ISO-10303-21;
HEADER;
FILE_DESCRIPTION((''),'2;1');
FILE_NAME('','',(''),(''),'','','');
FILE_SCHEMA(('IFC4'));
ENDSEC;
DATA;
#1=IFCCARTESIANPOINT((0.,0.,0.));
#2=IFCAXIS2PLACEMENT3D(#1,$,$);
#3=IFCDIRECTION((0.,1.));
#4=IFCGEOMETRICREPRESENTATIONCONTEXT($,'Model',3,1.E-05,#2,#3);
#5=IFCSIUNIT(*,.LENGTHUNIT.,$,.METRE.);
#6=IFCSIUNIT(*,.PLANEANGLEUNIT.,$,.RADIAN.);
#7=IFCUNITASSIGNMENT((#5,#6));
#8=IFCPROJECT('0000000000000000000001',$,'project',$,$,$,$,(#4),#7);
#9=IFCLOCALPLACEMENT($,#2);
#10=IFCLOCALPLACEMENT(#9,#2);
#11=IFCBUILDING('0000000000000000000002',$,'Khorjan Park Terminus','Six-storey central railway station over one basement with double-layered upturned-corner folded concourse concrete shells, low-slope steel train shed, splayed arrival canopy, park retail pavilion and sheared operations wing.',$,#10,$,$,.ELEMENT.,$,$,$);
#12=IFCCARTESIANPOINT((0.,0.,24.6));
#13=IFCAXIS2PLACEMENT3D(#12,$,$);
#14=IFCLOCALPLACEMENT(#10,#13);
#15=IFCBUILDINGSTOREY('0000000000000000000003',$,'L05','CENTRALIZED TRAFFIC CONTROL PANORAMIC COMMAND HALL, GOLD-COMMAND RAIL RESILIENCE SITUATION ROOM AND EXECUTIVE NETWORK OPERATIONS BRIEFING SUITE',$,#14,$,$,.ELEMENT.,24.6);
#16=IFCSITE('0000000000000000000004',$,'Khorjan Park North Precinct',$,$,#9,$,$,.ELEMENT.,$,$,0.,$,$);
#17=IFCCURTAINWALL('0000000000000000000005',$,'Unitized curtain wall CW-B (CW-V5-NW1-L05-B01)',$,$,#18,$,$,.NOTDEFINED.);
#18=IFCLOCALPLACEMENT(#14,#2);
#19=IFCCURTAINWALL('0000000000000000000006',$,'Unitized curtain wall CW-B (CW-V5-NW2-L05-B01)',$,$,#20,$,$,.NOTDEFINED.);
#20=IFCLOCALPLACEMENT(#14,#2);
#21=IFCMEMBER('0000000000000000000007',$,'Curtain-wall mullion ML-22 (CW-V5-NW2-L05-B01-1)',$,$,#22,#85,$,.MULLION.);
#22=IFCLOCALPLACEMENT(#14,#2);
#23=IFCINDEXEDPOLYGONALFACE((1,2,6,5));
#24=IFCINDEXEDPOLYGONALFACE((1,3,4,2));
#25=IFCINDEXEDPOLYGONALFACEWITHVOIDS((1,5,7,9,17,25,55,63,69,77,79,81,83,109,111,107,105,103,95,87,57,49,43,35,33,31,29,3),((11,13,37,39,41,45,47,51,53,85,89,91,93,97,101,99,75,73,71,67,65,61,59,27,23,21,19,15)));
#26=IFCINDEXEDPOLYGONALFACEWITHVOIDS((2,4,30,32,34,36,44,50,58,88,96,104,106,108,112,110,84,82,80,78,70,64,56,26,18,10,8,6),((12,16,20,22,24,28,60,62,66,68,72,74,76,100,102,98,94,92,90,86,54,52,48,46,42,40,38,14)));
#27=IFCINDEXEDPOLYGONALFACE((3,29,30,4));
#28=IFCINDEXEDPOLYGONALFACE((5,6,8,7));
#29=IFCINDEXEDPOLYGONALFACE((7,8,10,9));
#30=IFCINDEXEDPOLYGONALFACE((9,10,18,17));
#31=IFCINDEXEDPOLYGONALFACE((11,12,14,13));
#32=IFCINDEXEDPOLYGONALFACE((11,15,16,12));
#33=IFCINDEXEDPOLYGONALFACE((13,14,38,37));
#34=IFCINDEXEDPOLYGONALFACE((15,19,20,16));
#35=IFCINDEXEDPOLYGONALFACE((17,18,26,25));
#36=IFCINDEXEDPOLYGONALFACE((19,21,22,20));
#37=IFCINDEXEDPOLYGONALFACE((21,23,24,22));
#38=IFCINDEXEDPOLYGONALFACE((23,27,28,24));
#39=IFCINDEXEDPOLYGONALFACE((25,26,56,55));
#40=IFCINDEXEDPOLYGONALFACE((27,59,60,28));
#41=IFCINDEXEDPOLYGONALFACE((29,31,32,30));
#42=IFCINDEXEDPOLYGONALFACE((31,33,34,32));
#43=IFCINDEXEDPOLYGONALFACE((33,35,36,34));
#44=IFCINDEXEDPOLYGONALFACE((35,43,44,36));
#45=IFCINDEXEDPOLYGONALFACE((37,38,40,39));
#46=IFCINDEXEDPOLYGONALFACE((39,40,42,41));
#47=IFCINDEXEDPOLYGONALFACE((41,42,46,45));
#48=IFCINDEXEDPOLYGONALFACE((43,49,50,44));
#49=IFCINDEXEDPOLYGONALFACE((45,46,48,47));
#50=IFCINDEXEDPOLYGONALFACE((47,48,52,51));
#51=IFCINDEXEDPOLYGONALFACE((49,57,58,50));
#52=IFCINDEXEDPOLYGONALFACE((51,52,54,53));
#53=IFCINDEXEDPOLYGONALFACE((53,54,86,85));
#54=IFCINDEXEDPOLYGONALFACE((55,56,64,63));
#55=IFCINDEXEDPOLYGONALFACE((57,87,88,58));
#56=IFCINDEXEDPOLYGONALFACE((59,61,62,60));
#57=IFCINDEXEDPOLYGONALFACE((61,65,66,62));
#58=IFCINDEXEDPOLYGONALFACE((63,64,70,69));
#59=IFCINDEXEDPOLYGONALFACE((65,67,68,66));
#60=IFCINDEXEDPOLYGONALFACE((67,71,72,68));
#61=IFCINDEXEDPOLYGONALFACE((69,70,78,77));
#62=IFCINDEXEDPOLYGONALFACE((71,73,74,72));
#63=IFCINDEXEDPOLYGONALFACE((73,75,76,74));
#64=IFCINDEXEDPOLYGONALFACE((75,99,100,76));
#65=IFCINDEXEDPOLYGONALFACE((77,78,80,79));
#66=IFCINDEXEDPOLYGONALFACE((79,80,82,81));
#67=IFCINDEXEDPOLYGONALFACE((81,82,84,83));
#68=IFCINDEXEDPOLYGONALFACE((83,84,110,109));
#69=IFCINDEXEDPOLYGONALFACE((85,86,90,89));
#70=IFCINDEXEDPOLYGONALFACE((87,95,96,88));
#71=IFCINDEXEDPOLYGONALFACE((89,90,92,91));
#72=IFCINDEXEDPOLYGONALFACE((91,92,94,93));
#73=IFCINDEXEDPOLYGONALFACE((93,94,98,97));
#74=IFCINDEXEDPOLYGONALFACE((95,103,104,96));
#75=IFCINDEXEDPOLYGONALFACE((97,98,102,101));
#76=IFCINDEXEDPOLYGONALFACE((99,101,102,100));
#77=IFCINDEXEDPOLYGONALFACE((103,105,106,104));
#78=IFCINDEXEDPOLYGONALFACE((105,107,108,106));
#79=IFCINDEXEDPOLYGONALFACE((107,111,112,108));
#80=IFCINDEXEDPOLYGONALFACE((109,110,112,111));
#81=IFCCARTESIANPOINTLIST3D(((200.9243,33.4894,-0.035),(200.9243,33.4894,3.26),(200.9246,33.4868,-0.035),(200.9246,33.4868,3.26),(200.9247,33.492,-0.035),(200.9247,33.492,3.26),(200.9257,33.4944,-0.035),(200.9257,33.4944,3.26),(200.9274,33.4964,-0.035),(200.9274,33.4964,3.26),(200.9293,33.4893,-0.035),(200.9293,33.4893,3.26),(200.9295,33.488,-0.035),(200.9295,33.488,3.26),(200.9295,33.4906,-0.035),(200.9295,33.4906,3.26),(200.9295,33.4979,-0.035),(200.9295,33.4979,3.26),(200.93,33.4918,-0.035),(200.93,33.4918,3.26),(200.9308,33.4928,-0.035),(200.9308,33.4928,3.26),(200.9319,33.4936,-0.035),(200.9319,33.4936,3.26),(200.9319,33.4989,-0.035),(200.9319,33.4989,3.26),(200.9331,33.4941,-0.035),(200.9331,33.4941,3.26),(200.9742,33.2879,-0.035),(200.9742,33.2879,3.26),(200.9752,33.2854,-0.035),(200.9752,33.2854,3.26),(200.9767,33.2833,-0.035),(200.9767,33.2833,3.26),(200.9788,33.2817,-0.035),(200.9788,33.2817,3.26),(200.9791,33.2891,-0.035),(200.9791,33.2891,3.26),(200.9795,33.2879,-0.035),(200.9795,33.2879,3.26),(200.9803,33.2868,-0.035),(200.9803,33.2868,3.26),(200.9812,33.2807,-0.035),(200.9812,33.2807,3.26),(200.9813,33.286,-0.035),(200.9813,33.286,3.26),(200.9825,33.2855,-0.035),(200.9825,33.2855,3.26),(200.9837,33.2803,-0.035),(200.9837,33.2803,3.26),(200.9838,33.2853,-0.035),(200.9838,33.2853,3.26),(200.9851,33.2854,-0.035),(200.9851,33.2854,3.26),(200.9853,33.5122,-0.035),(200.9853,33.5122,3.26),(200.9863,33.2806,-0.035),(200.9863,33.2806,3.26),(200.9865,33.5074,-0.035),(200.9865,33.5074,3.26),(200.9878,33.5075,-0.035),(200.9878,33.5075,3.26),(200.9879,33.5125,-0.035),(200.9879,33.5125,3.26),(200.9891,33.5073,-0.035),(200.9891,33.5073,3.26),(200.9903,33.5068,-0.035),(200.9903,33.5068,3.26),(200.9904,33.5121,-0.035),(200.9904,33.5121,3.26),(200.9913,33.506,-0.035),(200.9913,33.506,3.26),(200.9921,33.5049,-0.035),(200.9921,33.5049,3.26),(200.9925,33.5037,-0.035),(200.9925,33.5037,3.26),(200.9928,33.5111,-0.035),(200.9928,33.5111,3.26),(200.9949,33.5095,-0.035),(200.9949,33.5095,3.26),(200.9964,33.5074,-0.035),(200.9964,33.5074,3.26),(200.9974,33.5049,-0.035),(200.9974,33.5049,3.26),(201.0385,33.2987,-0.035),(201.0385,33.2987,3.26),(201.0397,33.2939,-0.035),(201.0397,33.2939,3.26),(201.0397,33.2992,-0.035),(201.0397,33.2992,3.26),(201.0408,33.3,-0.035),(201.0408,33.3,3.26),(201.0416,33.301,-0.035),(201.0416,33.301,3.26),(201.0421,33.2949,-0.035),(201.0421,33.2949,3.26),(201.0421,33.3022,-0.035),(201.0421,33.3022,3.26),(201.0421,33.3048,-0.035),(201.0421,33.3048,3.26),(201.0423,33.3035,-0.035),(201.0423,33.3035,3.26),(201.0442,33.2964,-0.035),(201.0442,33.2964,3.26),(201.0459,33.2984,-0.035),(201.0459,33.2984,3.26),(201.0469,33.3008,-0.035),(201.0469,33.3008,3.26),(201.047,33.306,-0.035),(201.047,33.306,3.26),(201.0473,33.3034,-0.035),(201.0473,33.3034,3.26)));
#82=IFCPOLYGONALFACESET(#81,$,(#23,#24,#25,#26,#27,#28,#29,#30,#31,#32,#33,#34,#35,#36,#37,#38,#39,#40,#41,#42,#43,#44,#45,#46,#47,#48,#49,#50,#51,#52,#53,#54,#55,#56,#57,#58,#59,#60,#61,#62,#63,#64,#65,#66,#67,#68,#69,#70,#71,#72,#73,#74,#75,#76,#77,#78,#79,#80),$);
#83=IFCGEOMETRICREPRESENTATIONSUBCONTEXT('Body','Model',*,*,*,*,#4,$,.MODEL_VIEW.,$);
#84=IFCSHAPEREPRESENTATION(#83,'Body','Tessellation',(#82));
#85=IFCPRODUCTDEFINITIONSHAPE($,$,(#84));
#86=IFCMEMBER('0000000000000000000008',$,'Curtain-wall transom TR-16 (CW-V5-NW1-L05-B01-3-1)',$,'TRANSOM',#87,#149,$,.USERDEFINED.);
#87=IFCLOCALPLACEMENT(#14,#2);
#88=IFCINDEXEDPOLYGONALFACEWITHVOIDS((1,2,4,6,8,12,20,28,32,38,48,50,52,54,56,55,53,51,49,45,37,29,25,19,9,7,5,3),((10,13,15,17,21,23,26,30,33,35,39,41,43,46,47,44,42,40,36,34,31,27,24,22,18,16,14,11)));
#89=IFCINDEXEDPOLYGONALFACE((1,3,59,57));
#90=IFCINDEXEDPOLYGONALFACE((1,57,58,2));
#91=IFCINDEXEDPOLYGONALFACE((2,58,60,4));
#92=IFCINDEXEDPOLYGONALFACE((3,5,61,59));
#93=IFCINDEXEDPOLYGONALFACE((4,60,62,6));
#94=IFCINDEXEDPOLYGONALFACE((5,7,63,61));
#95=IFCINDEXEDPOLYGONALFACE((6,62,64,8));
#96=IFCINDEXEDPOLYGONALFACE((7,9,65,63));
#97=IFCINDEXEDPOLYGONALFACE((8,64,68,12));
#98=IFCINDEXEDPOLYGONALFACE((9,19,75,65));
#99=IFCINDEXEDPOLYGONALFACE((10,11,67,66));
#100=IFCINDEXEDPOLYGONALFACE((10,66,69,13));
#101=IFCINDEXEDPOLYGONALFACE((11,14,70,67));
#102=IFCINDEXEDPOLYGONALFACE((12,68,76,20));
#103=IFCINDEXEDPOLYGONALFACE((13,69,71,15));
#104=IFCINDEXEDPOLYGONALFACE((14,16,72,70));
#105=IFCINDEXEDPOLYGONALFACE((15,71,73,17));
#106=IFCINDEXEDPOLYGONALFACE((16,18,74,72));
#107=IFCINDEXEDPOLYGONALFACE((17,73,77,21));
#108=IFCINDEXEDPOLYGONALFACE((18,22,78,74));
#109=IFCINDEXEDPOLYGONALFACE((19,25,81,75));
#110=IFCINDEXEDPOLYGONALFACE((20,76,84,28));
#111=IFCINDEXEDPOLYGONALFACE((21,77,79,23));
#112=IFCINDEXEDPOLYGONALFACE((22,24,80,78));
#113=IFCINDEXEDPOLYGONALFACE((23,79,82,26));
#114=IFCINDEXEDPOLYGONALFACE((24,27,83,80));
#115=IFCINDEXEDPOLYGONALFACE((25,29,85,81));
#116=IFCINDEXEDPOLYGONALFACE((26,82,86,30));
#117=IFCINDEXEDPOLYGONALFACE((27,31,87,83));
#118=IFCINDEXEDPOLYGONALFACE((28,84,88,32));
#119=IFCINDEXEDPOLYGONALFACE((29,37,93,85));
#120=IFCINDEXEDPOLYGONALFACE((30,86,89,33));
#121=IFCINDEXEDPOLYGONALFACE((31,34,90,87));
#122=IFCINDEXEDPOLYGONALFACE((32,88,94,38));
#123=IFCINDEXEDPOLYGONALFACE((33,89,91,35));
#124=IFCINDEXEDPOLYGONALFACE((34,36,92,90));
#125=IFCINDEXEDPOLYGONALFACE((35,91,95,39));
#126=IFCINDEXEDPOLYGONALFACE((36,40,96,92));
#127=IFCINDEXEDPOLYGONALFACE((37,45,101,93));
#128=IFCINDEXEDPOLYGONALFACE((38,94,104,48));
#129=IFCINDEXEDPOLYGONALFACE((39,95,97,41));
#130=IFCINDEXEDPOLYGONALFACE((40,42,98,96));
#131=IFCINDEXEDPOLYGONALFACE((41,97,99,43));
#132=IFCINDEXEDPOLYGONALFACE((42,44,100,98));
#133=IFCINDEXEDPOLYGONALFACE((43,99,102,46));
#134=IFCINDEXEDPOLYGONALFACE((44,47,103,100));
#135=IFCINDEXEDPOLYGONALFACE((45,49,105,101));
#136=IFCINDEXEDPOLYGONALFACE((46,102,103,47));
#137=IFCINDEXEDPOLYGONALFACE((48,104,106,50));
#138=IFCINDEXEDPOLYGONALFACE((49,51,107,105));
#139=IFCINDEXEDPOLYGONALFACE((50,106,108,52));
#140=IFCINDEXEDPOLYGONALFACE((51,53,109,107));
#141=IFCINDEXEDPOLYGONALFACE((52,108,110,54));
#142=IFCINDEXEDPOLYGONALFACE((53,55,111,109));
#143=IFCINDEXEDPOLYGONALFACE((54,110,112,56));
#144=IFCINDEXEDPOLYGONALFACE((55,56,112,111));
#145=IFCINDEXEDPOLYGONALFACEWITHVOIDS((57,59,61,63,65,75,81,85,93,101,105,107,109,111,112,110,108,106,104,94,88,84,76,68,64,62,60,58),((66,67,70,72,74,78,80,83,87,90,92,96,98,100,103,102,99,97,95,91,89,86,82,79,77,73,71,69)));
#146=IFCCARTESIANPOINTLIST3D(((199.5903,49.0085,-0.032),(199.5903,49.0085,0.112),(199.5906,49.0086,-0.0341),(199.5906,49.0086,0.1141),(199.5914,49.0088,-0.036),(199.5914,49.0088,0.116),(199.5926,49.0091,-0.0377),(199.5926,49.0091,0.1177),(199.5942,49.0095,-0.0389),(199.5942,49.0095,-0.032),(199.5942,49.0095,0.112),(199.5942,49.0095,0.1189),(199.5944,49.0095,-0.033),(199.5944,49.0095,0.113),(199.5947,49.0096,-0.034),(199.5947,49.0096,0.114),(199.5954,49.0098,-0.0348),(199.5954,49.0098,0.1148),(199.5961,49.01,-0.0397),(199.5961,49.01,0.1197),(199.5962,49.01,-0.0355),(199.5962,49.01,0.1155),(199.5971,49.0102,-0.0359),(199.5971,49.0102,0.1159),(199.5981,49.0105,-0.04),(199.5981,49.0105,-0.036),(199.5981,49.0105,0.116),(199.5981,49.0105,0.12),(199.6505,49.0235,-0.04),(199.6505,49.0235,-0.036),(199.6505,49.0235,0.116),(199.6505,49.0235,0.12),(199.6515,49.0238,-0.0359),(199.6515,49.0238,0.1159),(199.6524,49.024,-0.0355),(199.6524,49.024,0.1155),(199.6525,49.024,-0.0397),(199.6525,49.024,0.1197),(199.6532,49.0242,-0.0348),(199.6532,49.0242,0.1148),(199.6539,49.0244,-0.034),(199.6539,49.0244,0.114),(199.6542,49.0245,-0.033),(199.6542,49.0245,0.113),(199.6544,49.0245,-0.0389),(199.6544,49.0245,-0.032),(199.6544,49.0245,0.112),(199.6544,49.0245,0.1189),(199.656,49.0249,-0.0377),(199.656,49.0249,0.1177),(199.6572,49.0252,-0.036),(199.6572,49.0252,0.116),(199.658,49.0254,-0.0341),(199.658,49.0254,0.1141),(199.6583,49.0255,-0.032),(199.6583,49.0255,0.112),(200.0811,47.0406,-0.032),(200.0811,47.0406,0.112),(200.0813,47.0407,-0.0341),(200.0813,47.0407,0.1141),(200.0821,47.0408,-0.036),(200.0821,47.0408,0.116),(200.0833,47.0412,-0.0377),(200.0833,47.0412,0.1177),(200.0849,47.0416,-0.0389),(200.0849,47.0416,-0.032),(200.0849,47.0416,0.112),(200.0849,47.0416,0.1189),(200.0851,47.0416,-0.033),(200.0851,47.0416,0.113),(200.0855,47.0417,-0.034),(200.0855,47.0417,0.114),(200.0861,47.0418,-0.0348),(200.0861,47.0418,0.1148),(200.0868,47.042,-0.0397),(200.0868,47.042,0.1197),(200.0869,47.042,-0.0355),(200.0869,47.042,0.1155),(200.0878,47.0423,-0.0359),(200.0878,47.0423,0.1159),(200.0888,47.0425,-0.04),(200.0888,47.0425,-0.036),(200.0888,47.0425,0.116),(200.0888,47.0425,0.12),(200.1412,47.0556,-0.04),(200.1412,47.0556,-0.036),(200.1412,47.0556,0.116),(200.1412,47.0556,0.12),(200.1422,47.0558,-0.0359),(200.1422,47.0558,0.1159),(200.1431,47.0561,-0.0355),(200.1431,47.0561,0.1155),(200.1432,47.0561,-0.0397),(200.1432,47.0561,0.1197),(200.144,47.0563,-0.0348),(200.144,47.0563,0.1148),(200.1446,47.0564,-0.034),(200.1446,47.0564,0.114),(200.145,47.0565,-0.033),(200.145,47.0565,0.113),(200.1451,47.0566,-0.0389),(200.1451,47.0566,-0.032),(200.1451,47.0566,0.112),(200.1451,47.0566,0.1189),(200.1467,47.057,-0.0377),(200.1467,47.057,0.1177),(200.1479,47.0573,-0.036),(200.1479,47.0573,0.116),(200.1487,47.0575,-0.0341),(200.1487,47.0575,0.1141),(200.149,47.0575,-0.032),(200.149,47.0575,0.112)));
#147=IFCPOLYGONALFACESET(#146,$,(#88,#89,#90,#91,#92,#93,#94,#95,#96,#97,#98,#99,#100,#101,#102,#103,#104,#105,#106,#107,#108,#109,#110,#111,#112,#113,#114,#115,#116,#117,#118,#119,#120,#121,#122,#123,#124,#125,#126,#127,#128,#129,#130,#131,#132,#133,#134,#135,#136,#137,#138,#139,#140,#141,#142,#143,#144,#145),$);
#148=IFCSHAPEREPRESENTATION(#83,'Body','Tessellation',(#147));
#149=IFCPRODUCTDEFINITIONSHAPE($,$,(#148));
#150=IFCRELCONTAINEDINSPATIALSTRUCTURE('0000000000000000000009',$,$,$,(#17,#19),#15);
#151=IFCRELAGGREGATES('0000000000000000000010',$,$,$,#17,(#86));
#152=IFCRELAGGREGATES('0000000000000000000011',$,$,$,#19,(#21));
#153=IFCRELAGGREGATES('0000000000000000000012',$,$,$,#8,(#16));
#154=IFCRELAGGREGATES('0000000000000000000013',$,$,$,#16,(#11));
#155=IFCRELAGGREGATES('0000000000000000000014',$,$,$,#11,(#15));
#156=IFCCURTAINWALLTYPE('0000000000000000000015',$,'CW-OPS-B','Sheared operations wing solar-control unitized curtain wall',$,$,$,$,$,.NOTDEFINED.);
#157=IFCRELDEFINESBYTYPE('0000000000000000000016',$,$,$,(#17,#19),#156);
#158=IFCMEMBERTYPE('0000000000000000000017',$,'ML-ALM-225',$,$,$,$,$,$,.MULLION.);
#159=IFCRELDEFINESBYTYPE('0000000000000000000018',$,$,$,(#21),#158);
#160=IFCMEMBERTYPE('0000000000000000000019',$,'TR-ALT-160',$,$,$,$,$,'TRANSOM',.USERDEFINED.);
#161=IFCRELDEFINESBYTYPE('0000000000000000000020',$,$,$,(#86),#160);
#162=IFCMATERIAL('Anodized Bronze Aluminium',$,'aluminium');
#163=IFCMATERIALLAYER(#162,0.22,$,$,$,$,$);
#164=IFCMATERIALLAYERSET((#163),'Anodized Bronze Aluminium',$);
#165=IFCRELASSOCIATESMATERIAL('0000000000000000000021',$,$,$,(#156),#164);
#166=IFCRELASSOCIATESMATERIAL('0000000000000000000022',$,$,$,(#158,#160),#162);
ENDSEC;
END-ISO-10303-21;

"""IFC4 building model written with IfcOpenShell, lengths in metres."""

from ifc_helpers import new_model, si_unit, direction, frame, origin, origin_2d, place, context, subcontext, project, spatial, hollow_rectangle, extrude, material, layer, layer_set, material_profile, profile_set, type_object, element, aggregate, save


model = new_model("IFC4")

# Units and contexts
model_context = context("Model", 3, precision=1e-05, world=origin(), true_north=direction((0.0, 1.0)))
body_context = subcontext(model_context, "Body", "Model", "MODEL_VIEW")
ifc_project = project(units=[si_unit("LENGTHUNIT", "METRE"), si_unit("PLANEANGLEUNIT", "RADIAN")], contexts=[model_context])

# Site, building, storey
site_placement = place(None, origin())
site = spatial("IfcSite", under=ifc_project, at=site_placement, Name="Khorjan Park North Precinct", CompositionType="ELEMENT", RefElevation=0.0)
building_placement = place(site_placement, origin())
building = spatial("IfcBuilding", under=site, at=building_placement, Name="Khorjan Park Terminus", Description="Six-storey central railway station over one basement with double-layered upturned-corner folded concourse concrete shells, low-slope steel train shed, splayed arrival canopy, park retail pavilion and sheared operations wing.", CompositionType="ELEMENT")
storey_placement = place(building_placement, frame((0.0, 0.0, 24.6)))
storey = spatial("IfcBuildingStorey", under=building, at=storey_placement, Name="L05", Description="CENTRALIZED TRAFFIC CONTROL PANORAMIC COMMAND HALL, GOLD-COMMAND RAIL RESILIENCE SITUATION ROOM AND EXECUTIVE NETWORK OPERATIONS BRIEFING SUITE", CompositionType="ELEMENT", Elevation=24.6)

# Curtain wall
ifc_material_1 = material(Name="Anodized Bronze Aluminium", Category="aluminium")
ifc_layer_1 = layer(ifc_material_1, 0.22)
ifc_layer_set_1 = layer_set([ifc_layer_1], Name="Anodized Bronze Aluminium")
curtain_wall_type = type_object("IfcCurtainWallType", Name="CW-OPS-B", Description="Sheared operations wing solar-control unitized curtain wall", PredefinedType="NOTDEFINED", material=ifc_layer_set_1)
curtain_wall_1_placement = place(storey_placement, origin())
curtain_wall_1 = element("IfcCurtainWall", 1, at=curtain_wall_1_placement, inside=storey, type_object=curtain_wall_type, Name="Unitized curtain wall CW-B (CW-V5-NW1-L05-B01)", PredefinedType="NOTDEFINED")
ifc_material_profile_1 = material_profile(ifc_material_1, hollow_rectangle(XDim=0.075, YDim=0.225, WallThickness=0.005, InnerFilletRadius=0.005, OuterFilletRadius=0.01, at=origin_2d()), Name="ALM 75x225x5")
ifc_profile_set_1 = profile_set([ifc_material_profile_1], Name="Anodized Bronze Aluminium")
member_type_1 = type_object("IfcMemberType", Name="ML-ALM-225", PredefinedType="MULLION", material=ifc_profile_set_1)

# Curtain wall, member
curtain_wall_2_placement = place(storey_placement, origin())
curtain_wall_2 = element("IfcCurtainWall", 2, at=curtain_wall_2_placement, inside=storey, type_object=curtain_wall_type, Name="Unitized curtain wall CW-B (CW-V5-NW2-L05-B01)", PredefinedType="NOTDEFINED")
member_1_placement = place(storey_placement, frame((200.9858, 33.3964, -0.035), z_axis=(0.0, 0.0, 1.0), x_axis=(-0.970294, -0.241928, 0.0)))
member_1 = element("IfcMember", 3, at=member_1_placement, type_object=member_type_1, Name="Curtain-wall mullion ML-22 (CW-V5-NW2-L05-B01-1)", PredefinedType="MULLION", context=body_context, shape_type="SweptSolid", body=[
    extrude(hollow_rectangle(XDim=0.075, YDim=0.225, WallThickness=0.005, InnerFilletRadius=0.005, OuterFilletRadius=0.01, at=origin_2d()), origin(), (0.0, 0.0, 1.0), 3.295),
])

# Member
ifc_material_profile_2 = material_profile(ifc_material_1, hollow_rectangle(XDim=0.07, YDim=0.16, WallThickness=0.004, InnerFilletRadius=0.004, OuterFilletRadius=0.008, at=origin_2d()), Name="ALT 70x160x4")
ifc_profile_set_2 = profile_set([ifc_material_profile_2], Name="Anodized Bronze Aluminium")
member_type_2 = type_object("IfcMemberType", Name="TR-ALT-160", ElementType="TRANSOM", PredefinedType="USERDEFINED", material=ifc_profile_set_2)
member_2_placement = place(storey_placement, frame((199.6243, 49.017, 0.04), z_axis=(0.241944, -0.97029, 0.0), x_axis=(0.97029, 0.241944, 0.0)))
member_2 = element("IfcMember", 4, at=member_2_placement, type_object=member_type_2, Name="Curtain-wall transom TR-16 (CW-V5-NW1-L05-B01-3-1)", ObjectType="TRANSOM", PredefinedType="USERDEFINED", context=body_context, shape_type="SweptSolid", body=[
    extrude(hollow_rectangle(XDim=0.07, YDim=0.16, WallThickness=0.004, InnerFilletRadius=0.004, OuterFilletRadius=0.008, at=origin_2d()), origin(), (0.0, 0.0, 1.0), 2.0282),
])

aggregate(curtain_wall_1, [member_2])
aggregate(curtain_wall_2, [member_1])

save(model, "model.ifc")
